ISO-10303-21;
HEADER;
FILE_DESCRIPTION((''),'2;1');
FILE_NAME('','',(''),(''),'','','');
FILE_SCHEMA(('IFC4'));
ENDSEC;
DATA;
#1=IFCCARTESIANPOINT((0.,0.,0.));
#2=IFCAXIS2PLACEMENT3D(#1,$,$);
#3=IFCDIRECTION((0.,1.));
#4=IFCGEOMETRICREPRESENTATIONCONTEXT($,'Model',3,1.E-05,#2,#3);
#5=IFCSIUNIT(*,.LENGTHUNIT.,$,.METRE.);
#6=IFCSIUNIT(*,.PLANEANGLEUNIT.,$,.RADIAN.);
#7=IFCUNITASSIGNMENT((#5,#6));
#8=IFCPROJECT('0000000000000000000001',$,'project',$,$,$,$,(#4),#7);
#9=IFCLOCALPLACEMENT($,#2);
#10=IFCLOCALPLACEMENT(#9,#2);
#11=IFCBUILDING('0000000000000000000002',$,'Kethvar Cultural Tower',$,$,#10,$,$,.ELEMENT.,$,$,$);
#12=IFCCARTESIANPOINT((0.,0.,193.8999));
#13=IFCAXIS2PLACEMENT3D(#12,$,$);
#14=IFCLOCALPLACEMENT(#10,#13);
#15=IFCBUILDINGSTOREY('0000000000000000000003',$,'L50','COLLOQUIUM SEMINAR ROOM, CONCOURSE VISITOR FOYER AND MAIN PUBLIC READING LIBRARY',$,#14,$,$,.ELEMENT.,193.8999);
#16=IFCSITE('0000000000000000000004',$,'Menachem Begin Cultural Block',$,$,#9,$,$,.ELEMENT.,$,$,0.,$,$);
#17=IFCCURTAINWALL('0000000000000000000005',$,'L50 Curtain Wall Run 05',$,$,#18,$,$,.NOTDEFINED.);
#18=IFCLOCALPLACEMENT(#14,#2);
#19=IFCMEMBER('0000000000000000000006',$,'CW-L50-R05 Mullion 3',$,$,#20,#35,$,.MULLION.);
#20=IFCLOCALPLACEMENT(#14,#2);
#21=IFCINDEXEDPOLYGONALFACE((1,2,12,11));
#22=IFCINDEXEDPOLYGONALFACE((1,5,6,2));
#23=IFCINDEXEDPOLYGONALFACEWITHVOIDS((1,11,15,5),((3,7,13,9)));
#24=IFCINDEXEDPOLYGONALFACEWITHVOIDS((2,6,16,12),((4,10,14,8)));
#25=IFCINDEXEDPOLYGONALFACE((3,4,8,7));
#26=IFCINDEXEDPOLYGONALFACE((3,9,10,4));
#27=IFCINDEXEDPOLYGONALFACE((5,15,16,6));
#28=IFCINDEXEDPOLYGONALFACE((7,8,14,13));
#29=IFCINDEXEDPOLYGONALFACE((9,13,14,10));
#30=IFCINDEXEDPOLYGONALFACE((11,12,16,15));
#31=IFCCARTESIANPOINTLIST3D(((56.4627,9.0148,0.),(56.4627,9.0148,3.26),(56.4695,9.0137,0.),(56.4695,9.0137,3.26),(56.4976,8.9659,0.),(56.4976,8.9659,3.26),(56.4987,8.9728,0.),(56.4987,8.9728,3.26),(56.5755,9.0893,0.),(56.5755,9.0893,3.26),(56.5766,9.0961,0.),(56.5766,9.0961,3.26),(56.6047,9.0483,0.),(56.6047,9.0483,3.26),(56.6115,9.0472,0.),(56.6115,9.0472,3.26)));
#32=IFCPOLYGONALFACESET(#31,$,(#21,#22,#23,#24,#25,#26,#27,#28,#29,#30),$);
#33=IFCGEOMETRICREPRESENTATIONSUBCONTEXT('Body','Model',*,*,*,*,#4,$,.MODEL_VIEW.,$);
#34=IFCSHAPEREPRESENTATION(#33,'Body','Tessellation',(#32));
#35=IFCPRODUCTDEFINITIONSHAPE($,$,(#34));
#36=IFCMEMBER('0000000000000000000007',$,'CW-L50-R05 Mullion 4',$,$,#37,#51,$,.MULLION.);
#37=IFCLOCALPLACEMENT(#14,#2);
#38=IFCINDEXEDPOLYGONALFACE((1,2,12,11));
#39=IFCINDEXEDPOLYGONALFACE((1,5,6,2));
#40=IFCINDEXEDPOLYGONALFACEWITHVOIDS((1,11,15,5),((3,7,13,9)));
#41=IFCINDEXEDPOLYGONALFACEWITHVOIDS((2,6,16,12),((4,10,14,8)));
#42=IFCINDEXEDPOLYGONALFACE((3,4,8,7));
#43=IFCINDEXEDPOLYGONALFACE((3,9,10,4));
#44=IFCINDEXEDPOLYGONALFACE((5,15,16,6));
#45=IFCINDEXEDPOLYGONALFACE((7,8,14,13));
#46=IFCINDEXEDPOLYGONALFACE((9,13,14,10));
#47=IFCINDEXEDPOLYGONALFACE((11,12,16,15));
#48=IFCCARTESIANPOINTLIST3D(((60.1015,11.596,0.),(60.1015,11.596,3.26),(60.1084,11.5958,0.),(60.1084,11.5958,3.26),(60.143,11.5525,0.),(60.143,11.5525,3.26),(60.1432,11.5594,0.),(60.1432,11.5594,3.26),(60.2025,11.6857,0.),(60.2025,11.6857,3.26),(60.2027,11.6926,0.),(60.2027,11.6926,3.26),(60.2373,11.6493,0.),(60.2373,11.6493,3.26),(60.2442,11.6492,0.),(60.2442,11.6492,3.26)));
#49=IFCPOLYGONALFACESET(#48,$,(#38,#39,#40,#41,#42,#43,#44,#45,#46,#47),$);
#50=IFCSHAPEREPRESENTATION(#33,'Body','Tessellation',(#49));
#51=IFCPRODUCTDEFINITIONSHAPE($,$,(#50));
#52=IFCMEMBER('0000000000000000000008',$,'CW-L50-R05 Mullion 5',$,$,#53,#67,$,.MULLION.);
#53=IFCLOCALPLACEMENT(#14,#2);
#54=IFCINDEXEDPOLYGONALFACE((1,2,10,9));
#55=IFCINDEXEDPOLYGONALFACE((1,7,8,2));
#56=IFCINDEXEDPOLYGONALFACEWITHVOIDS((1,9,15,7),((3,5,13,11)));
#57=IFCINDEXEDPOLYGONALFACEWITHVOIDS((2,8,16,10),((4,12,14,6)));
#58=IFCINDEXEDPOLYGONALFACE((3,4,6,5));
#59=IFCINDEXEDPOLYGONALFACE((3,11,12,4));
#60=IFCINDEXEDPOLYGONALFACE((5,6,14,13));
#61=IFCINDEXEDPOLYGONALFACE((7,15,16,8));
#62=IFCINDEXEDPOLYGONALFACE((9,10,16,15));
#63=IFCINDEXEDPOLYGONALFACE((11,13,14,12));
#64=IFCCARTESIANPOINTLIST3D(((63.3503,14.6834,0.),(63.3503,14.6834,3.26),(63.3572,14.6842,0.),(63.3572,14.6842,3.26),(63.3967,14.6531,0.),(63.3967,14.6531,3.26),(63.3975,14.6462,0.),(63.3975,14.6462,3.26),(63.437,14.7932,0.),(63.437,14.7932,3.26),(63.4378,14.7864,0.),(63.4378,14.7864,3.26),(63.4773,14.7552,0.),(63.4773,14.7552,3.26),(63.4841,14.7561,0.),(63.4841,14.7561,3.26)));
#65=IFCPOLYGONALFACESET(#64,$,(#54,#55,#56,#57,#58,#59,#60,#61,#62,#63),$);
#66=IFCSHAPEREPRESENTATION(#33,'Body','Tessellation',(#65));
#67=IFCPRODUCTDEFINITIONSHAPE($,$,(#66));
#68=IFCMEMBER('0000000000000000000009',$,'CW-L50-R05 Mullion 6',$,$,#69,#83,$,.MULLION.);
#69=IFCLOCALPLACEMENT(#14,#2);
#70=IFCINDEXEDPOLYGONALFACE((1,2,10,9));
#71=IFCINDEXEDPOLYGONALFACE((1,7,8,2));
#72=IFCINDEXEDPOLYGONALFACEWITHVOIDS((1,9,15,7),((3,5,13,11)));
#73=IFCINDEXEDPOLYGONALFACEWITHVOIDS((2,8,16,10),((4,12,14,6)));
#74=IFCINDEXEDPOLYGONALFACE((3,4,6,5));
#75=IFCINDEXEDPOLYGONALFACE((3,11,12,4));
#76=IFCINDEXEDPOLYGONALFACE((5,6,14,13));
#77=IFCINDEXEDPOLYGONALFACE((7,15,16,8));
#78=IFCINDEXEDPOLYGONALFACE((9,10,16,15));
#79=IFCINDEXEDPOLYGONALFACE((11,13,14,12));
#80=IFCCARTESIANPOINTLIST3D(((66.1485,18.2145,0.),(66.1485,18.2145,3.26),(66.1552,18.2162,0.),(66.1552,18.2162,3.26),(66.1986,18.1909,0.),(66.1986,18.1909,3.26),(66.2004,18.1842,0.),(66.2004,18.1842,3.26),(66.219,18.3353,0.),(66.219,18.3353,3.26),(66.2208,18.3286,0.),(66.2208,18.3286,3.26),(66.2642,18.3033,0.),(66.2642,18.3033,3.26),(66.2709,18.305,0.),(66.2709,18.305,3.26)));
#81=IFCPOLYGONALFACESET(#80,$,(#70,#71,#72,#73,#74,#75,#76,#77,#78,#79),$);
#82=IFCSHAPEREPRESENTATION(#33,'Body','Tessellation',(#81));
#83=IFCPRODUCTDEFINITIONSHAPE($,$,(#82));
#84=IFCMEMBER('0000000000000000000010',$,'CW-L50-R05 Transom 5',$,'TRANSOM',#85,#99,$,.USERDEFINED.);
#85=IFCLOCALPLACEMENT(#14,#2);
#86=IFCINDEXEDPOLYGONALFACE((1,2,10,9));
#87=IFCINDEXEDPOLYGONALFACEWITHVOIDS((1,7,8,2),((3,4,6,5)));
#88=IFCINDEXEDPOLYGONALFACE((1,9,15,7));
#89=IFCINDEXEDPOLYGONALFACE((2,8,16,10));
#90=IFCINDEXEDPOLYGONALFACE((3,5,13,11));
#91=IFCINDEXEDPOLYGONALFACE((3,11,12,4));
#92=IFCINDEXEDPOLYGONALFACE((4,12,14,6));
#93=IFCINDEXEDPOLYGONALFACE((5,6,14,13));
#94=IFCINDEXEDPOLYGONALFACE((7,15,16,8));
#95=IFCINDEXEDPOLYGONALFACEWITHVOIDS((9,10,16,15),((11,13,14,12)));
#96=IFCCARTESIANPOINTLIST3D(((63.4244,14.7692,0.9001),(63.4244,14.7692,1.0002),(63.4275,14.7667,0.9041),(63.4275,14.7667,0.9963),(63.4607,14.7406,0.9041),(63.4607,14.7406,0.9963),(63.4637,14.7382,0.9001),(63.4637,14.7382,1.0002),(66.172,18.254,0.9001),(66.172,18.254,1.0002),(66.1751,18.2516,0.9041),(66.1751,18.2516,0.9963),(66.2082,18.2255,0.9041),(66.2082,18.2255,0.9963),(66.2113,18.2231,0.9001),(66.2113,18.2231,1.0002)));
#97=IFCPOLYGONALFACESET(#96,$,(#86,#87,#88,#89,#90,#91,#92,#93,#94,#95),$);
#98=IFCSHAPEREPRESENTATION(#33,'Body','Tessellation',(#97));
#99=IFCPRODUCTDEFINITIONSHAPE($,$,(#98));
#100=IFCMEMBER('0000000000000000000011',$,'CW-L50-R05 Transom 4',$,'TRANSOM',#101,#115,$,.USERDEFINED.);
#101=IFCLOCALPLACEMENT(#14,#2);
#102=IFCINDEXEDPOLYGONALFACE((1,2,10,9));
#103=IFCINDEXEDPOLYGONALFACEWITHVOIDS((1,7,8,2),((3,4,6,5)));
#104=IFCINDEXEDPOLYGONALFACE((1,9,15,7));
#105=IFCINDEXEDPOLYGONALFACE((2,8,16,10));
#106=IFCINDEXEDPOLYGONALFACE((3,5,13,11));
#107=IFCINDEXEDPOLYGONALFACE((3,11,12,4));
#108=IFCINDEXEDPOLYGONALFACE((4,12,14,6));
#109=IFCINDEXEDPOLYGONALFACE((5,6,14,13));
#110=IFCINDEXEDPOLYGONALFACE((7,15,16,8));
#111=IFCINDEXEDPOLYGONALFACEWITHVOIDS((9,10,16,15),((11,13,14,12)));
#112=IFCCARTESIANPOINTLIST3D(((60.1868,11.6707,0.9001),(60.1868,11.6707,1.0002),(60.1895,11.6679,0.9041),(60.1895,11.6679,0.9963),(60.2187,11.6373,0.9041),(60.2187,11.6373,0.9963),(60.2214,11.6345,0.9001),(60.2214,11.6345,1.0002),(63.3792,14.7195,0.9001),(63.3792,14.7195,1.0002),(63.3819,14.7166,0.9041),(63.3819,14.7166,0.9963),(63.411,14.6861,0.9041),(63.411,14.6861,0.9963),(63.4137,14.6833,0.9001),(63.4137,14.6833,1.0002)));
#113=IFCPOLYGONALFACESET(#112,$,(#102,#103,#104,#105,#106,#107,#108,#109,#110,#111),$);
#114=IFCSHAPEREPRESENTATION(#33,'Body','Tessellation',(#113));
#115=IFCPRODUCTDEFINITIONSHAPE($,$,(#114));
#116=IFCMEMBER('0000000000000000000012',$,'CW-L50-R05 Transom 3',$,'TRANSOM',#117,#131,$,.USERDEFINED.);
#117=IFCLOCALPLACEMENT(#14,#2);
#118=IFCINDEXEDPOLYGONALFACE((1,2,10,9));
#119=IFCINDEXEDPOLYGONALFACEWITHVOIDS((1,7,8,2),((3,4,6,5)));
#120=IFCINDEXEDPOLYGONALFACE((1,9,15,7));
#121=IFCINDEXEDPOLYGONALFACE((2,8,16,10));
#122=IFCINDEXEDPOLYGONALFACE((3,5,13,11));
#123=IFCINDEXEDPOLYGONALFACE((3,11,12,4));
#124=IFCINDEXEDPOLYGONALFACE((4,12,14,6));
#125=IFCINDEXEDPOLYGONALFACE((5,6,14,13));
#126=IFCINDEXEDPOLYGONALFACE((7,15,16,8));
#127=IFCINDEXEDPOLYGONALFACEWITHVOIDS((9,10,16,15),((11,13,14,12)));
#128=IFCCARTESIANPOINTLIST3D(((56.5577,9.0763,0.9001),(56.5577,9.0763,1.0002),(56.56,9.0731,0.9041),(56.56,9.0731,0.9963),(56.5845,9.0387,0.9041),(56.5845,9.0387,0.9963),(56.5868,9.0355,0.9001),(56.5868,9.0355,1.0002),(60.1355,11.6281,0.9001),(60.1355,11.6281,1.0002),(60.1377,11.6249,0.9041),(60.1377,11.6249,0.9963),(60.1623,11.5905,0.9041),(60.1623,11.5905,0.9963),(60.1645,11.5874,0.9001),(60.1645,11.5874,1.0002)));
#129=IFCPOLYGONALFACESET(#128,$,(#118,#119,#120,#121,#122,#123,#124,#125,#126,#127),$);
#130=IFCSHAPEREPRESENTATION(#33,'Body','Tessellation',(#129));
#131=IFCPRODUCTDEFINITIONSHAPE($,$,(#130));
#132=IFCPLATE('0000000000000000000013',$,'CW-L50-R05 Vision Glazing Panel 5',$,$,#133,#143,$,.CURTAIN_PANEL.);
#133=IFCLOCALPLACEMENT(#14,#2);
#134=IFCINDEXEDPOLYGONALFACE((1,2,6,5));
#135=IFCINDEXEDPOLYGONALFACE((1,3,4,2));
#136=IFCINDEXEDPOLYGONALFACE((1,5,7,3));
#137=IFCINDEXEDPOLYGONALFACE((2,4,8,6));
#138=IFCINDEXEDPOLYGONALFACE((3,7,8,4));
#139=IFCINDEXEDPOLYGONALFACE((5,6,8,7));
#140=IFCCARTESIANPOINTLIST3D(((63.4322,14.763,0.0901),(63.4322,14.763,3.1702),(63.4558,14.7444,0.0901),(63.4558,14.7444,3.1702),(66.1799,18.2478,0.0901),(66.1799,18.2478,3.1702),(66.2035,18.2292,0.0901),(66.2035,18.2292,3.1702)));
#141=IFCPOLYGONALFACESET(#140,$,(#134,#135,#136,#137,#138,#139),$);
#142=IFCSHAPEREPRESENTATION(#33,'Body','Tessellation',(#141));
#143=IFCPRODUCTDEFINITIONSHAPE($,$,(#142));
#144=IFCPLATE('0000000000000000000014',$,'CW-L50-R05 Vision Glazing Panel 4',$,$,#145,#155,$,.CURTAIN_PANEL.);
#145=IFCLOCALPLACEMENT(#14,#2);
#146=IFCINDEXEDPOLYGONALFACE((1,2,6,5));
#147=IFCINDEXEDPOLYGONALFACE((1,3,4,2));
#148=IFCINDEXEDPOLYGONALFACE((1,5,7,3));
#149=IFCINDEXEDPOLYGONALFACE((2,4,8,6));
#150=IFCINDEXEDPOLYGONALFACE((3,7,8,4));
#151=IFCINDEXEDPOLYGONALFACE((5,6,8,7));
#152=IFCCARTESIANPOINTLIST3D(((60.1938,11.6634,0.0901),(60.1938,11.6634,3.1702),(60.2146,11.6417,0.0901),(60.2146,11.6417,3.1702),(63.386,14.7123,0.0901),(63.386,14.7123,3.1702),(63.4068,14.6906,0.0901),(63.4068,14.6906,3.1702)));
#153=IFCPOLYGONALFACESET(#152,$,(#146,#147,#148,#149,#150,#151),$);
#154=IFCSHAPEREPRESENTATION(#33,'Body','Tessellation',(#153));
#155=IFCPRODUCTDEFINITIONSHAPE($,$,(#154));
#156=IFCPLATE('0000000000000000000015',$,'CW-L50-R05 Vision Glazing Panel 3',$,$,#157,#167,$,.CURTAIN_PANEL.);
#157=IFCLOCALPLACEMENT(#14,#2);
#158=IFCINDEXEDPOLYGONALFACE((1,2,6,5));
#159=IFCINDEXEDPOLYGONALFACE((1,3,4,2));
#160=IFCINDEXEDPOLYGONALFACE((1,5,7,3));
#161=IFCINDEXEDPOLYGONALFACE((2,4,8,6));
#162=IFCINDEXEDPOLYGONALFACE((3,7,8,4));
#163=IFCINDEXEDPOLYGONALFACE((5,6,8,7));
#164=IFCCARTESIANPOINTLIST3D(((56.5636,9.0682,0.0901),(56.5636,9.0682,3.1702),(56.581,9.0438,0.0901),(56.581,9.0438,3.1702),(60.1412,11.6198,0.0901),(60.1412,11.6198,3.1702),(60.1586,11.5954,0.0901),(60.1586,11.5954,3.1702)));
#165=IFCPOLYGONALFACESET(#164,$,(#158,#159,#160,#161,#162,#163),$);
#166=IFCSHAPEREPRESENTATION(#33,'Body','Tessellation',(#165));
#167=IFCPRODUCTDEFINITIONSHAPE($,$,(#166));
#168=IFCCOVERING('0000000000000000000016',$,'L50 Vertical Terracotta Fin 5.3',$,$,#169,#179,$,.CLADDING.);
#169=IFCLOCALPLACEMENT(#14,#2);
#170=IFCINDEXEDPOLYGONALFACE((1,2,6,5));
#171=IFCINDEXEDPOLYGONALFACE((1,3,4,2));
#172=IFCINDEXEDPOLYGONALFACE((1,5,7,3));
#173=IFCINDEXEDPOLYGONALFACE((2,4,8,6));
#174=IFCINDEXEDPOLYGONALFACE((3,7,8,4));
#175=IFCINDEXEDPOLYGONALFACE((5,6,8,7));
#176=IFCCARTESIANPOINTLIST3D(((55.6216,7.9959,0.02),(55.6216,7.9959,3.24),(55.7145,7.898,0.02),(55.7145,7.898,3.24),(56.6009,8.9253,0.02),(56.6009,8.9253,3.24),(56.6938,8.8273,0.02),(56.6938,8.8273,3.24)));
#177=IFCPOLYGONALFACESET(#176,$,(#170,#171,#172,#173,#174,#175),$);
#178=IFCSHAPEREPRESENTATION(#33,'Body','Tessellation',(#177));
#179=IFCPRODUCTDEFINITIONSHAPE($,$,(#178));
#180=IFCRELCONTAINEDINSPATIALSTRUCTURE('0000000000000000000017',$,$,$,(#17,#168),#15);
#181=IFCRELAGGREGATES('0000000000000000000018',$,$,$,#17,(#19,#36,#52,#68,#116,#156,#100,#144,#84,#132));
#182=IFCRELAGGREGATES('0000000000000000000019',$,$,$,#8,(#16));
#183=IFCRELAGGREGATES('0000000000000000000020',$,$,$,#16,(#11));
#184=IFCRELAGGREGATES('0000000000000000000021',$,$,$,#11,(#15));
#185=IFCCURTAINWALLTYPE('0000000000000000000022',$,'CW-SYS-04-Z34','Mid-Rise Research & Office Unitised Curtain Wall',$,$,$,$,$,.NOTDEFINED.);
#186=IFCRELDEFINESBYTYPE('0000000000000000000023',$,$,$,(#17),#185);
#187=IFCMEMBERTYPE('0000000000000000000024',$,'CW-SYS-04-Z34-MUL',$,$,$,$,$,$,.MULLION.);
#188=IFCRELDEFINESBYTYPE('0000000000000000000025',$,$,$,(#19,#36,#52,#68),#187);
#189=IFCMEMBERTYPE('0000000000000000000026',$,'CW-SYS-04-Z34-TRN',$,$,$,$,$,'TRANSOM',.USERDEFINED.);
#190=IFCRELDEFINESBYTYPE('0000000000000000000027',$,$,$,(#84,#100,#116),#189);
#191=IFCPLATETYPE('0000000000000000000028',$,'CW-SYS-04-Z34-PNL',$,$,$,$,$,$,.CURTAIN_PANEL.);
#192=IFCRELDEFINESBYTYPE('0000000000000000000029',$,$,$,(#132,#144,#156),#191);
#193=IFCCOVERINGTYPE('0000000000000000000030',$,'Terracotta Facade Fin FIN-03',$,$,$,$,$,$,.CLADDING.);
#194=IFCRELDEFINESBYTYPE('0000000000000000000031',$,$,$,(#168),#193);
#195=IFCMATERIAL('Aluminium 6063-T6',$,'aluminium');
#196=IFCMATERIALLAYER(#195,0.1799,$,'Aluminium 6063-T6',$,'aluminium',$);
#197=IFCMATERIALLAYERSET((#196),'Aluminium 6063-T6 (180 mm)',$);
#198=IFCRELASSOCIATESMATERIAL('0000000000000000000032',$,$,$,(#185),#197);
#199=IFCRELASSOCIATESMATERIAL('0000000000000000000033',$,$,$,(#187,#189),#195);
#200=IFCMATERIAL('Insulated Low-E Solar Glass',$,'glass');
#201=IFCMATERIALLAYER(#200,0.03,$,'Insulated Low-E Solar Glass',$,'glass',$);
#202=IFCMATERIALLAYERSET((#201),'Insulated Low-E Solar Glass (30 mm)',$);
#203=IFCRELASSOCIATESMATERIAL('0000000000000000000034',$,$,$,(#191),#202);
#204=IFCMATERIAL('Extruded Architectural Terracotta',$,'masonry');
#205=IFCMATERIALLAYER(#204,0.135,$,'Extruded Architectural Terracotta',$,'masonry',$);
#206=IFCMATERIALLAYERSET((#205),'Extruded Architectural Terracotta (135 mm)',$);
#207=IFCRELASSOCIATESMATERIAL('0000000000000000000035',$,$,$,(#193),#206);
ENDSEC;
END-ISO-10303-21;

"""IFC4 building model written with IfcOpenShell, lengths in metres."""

from ifc_helpers import new_model, si_unit, direction, frame, origin, origin_2d, place, context, subcontext, project, spatial, rectangle, hollow_rectangle, extrude, source, transform, mapped, material, layer, layer_set, material_profile, profile_set, type_object, element, aggregate, save


model = new_model("IFC4")

# Units and contexts
model_context = context("Model", 3, precision=1e-05, world=origin(), true_north=direction((0.0, 1.0)))
body_context = subcontext(model_context, "Body", "Model", "MODEL_VIEW")
ifc_project = project(units=[si_unit("LENGTHUNIT", "METRE"), si_unit("PLANEANGLEUNIT", "RADIAN")], contexts=[model_context])

# Site, building, storey
site_placement = place(None, origin())
site = spatial("IfcSite", under=ifc_project, at=site_placement, Name="Menachem Begin Cultural Block", CompositionType="ELEMENT", RefElevation=0.0)
building_placement = place(site_placement, origin())
building = spatial("IfcBuilding", under=site, at=building_placement, Name="Kethvar Cultural Tower", CompositionType="ELEMENT")
storey_placement = place(building_placement, frame((0.0, 0.0, 193.8999)))
storey = spatial("IfcBuildingStorey", under=building, at=storey_placement, Name="L50", Description="COLLOQUIUM SEMINAR ROOM, CONCOURSE VISITOR FOYER AND MAIN PUBLIC READING LIBRARY", CompositionType="ELEMENT", Elevation=193.8999)

# Curtain wall, members, plates
ifc_material_1 = material(Name="Aluminium 6063-T6", Category="aluminium")
ifc_layer_1 = layer(ifc_material_1, 0.1799, Name="Aluminium 6063-T6", Category="aluminium")
ifc_layer_set_1 = layer_set([ifc_layer_1], Name="Aluminium 6063-T6 (180 mm)")
curtain_wall_type = type_object("IfcCurtainWallType", Name="CW-SYS-04-Z34", Description="Mid-Rise Research & Office Unitised Curtain Wall", PredefinedType="NOTDEFINED", material=ifc_layer_set_1)
curtain_wall_placement = place(storey_placement, origin())
curtain_wall = element("IfcCurtainWall", 1, at=curtain_wall_placement, inside=storey, type_object=curtain_wall_type, Name="L50 Curtain Wall Run 05", PredefinedType="NOTDEFINED")
ifc_material_profile_1 = material_profile(ifc_material_1, hollow_rectangle(XDim=0.0601, YDim=0.1399, WallThickness=0.0049, at=origin_2d()), Name="Aluminium 6063-T6 — RHS140x60x5")
ifc_profile_set_1 = profile_set([ifc_material_profile_1], Name="Aluminium 6063-T6 — RHS140x60x5")
member_type_1 = type_object("IfcMemberType", Name="CW-SYS-04-Z34-MUL", PredefinedType="MULLION", material=ifc_profile_set_1)
shared_shape_1 = source(origin(), body_context, "Body", "SweptSolid", [
    extrude(hollow_rectangle(XDim=0.0601, YDim=0.1399, WallThickness=0.0049, at=origin_2d()), origin(), (0.0, 0.0, 1.0), 3.26),
])
member_1_placement = place(storey_placement, frame((56.5371, 9.031, 0.0), z_axis=(0.0, 0.0, 1.0), x_axis=(-0.58066, 0.814146, 0.0)))
member_1 = element("IfcMember", 2, at=member_1_placement, type_object=member_type_1, Name="CW-L50-R05 Mullion 3", PredefinedType="MULLION", context=body_context, shape_type="MappedRepresentation", body=[
    mapped(shared_shape_1, transform((0.0, 0.0, 0.0), scale=1.0)),
])
member_2_placement = place(storey_placement, frame((60.1729, 11.6226, 0.0), z_axis=(0.0, 0.0, 1.0), x_axis=(-0.690693, 0.723148, 0.0)))
member_2 = element("IfcMember", 3, at=member_2_placement, type_object=member_type_1, Name="CW-L50-R05 Mullion 4", PredefinedType="MULLION", context=body_context, shape_type="MappedRepresentation", body=[
    mapped(shared_shape_1, transform((0.0, 0.0, 0.0), scale=1.0)),
])
member_3_placement = place(storey_placement, frame((63.4172, 14.7197, 0.0), z_axis=(0.0, 0.0, 1.0), x_axis=(-0.785263, 0.619162, 0.0)))
member_3 = element("IfcMember", 4, at=member_3_placement, type_object=member_type_1, Name="CW-L50-R05 Mullion 5", PredefinedType="MULLION", context=body_context, shape_type="MappedRepresentation", body=[
    mapped(shared_shape_1, transform((0.0, 0.0, 0.0), scale=1.0)),
])
member_4_placement = place(storey_placement, frame((66.2097, 18.2598, 0.0), z_axis=(0.0, 0.0, 1.0), x_axis=(-0.863695, 0.504015, 0.0)))
member_4 = element("IfcMember", 5, at=member_4_placement, type_object=member_type_1, Name="CW-L50-R05 Mullion 6", PredefinedType="MULLION", context=body_context, shape_type="MappedRepresentation", body=[
    mapped(shared_shape_1, transform((0.0, 0.0, 0.0), scale=1.0)),
])
ifc_material_profile_2 = material_profile(ifc_material_1, hollow_rectangle(XDim=0.05, YDim=0.1001, WallThickness=0.0039, at=origin_2d()), Name="Aluminium 6063-T6 — RHS100x50x4")
ifc_profile_set_2 = profile_set([ifc_material_profile_2], Name="Aluminium 6063-T6 — RHS100x50x4")
member_type_2 = type_object("IfcMemberType", Name="CW-SYS-04-Z34-TRN", ElementType="TRANSOM", PredefinedType="USERDEFINED", material=ifc_profile_set_2)
shared_shape_2 = source(origin(), body_context, "Body", "SweptSolid", [
    extrude(hollow_rectangle(XDim=0.05, YDim=0.1001, WallThickness=0.0039, at=origin_2d()), origin(), (0.0, 0.0, 1.0), 4.4377),
])
member_5_placement = place(storey_placement, frame((63.4441, 14.7537, 0.9502), z_axis=(0.619138, 0.785283, 0.0), x_axis=(-0.785283, 0.619138, 0.0)))
member_5 = element("IfcMember", 6, at=member_5_placement, type_object=member_type_2, Name="CW-L50-R05 Transom 5", ObjectType="TRANSOM", PredefinedType="USERDEFINED", context=body_context, shape_type="MappedRepresentation", body=[
    mapped(shared_shape_2, transform((0.0, 0.0, 0.0), scale=1.0)),
])
shared_shape_3 = source(origin(), body_context, "Body", "SweptSolid", [
    extrude(hollow_rectangle(XDim=0.05, YDim=0.1001, WallThickness=0.0039, at=origin_2d()), origin(), (0.0, 0.0, 1.0), 4.4143),
])
member_6_placement = place(storey_placement, frame((60.2041, 11.6526, 0.9502), z_axis=(0.72318, 0.69066, 0.0), x_axis=(-0.69066, 0.72318, 0.0)))
member_6 = element("IfcMember", 7, at=member_6_placement, type_object=member_type_2, Name="CW-L50-R05 Transom 4", ObjectType="TRANSOM", PredefinedType="USERDEFINED", context=body_context, shape_type="MappedRepresentation", body=[
    mapped(shared_shape_3, transform((0.0, 0.0, 0.0), scale=1.0)),
])
shared_shape_4 = source(origin(), body_context, "Body", "SweptSolid", [
    extrude(hollow_rectangle(XDim=0.05, YDim=0.1001, WallThickness=0.0039, at=origin_2d()), origin(), (0.0, 0.0, 1.0), 4.3945),
])
member_7_placement = place(storey_placement, frame((56.5723, 9.0559, 0.9502), z_axis=(0.814131, 0.580681, 0.0), x_axis=(-0.580681, 0.814131, 0.0)))
member_7 = element("IfcMember", 8, at=member_7_placement, type_object=member_type_2, Name="CW-L50-R05 Transom 3", ObjectType="TRANSOM", PredefinedType="USERDEFINED", context=body_context, shape_type="MappedRepresentation", body=[
    mapped(shared_shape_4, transform((0.0, 0.0, 0.0), scale=1.0)),
])
ifc_material_2 = material(Name="Insulated Low-E Solar Glass", Category="glass")
ifc_layer_2 = layer(ifc_material_2, 0.03, Name="Insulated Low-E Solar Glass", Category="glass")
ifc_layer_set_2 = layer_set([ifc_layer_2], Name="Insulated Low-E Solar Glass (30 mm)")
plate_type = type_object("IfcPlateType", Name="CW-SYS-04-Z34-PNL", PredefinedType="CURTAIN_PANEL", material=ifc_layer_set_2)
shared_shape_5 = source(origin(), body_context, "Body", "SweptSolid", [
    extrude(rectangle(XDim=4.4377, YDim=0.03, at=origin_2d()), origin(), (0.0, 0.0, 1.0), 3.0801),
])
plate_1_placement = place(storey_placement, frame((64.8179, 16.4961, 0.0901), z_axis=(0.0, 0.0, 1.0), x_axis=(0.619162, 0.785263, 0.0)))
plate_1 = element("IfcPlate", 9, at=plate_1_placement, type_object=plate_type, Name="CW-L50-R05 Vision Glazing Panel 5", PredefinedType="CURTAIN_PANEL", context=body_context, shape_type="MappedRepresentation", body=[
    mapped(shared_shape_5, transform((0.0, 0.0, 0.0), scale=1.0)),
])
shared_shape_6 = source(origin(), body_context, "Body", "SweptSolid", [
    extrude(rectangle(XDim=4.4143, YDim=0.03, at=origin_2d()), origin(), (0.0, 0.0, 1.0), 3.0801),
])
plate_2_placement = place(storey_placement, frame((61.8003, 13.177, 0.0901), z_axis=(0.0, 0.0, 1.0), x_axis=(0.723148, 0.690693, 0.0)))
plate_2 = element("IfcPlate", 10, at=plate_2_placement, type_object=plate_type, Name="CW-L50-R05 Vision Glazing Panel 4", PredefinedType="CURTAIN_PANEL", context=body_context, shape_type="MappedRepresentation", body=[
    mapped(shared_shape_6, transform((0.0, 0.0, 0.0), scale=1.0)),
])
shared_shape_7 = source(origin(), body_context, "Body", "SweptSolid", [
    extrude(rectangle(XDim=4.3943, YDim=0.03, at=origin_2d()), origin(), (0.0, 0.0, 1.0), 3.0801),
])
plate_3_placement = place(storey_placement, frame((58.3611, 10.3318, 0.0901), z_axis=(0.0, 0.0, 1.0), x_axis=(0.814146, 0.58066, 0.0)))
plate_3 = element("IfcPlate", 11, at=plate_3_placement, type_object=plate_type, Name="CW-L50-R05 Vision Glazing Panel 3", PredefinedType="CURTAIN_PANEL", context=body_context, shape_type="MappedRepresentation", body=[
    mapped(shared_shape_7, transform((0.0, 0.0, 0.0), scale=1.0)),
])
aggregate(curtain_wall, [member_1, member_2, member_3, member_4, member_7, plate_3, member_6, plate_2, member_5, plate_1])

# Covering
ifc_material_3 = material(Name="Extruded Architectural Terracotta", Category="masonry")
ifc_layer_3 = layer(ifc_material_3, 0.135, Name="Extruded Architectural Terracotta", Category="masonry")
ifc_layer_set_3 = layer_set([ifc_layer_3], Name="Extruded Architectural Terracotta (135 mm)")
covering_type = type_object("IfcCoveringType", Name="Terracotta Facade Fin FIN-03", PredefinedType="CLADDING", material=ifc_layer_set_3)
shared_shape_8 = source(origin(), body_context, "Body", "SweptSolid", [
    extrude(rectangle(XDim=1.3501, YDim=0.135, at=origin_2d()), origin(), (0.0, 0.0, 1.0), 3.22),
])
for number, where, z_axis, x_axis, name in (
    (12, (56.1577, 8.4116, 0.02), (0.0, 0.0, 1.0), (-0.725374, -0.688355, 0.0), "L50 Vertical Terracotta Fin 5.3"),
):
    element("IfcCovering", number, at=place(storey_placement, frame(where, z_axis=z_axis, x_axis=x_axis)), inside=storey, type_object=covering_type, Name=name, PredefinedType="CLADDING", context=body_context, shape_type="MappedRepresentation", body=[
        mapped(shared_shape_8, transform((0.0, 0.0, 0.0), scale=1.0)),
    ])

save(model, "model.ifc")
